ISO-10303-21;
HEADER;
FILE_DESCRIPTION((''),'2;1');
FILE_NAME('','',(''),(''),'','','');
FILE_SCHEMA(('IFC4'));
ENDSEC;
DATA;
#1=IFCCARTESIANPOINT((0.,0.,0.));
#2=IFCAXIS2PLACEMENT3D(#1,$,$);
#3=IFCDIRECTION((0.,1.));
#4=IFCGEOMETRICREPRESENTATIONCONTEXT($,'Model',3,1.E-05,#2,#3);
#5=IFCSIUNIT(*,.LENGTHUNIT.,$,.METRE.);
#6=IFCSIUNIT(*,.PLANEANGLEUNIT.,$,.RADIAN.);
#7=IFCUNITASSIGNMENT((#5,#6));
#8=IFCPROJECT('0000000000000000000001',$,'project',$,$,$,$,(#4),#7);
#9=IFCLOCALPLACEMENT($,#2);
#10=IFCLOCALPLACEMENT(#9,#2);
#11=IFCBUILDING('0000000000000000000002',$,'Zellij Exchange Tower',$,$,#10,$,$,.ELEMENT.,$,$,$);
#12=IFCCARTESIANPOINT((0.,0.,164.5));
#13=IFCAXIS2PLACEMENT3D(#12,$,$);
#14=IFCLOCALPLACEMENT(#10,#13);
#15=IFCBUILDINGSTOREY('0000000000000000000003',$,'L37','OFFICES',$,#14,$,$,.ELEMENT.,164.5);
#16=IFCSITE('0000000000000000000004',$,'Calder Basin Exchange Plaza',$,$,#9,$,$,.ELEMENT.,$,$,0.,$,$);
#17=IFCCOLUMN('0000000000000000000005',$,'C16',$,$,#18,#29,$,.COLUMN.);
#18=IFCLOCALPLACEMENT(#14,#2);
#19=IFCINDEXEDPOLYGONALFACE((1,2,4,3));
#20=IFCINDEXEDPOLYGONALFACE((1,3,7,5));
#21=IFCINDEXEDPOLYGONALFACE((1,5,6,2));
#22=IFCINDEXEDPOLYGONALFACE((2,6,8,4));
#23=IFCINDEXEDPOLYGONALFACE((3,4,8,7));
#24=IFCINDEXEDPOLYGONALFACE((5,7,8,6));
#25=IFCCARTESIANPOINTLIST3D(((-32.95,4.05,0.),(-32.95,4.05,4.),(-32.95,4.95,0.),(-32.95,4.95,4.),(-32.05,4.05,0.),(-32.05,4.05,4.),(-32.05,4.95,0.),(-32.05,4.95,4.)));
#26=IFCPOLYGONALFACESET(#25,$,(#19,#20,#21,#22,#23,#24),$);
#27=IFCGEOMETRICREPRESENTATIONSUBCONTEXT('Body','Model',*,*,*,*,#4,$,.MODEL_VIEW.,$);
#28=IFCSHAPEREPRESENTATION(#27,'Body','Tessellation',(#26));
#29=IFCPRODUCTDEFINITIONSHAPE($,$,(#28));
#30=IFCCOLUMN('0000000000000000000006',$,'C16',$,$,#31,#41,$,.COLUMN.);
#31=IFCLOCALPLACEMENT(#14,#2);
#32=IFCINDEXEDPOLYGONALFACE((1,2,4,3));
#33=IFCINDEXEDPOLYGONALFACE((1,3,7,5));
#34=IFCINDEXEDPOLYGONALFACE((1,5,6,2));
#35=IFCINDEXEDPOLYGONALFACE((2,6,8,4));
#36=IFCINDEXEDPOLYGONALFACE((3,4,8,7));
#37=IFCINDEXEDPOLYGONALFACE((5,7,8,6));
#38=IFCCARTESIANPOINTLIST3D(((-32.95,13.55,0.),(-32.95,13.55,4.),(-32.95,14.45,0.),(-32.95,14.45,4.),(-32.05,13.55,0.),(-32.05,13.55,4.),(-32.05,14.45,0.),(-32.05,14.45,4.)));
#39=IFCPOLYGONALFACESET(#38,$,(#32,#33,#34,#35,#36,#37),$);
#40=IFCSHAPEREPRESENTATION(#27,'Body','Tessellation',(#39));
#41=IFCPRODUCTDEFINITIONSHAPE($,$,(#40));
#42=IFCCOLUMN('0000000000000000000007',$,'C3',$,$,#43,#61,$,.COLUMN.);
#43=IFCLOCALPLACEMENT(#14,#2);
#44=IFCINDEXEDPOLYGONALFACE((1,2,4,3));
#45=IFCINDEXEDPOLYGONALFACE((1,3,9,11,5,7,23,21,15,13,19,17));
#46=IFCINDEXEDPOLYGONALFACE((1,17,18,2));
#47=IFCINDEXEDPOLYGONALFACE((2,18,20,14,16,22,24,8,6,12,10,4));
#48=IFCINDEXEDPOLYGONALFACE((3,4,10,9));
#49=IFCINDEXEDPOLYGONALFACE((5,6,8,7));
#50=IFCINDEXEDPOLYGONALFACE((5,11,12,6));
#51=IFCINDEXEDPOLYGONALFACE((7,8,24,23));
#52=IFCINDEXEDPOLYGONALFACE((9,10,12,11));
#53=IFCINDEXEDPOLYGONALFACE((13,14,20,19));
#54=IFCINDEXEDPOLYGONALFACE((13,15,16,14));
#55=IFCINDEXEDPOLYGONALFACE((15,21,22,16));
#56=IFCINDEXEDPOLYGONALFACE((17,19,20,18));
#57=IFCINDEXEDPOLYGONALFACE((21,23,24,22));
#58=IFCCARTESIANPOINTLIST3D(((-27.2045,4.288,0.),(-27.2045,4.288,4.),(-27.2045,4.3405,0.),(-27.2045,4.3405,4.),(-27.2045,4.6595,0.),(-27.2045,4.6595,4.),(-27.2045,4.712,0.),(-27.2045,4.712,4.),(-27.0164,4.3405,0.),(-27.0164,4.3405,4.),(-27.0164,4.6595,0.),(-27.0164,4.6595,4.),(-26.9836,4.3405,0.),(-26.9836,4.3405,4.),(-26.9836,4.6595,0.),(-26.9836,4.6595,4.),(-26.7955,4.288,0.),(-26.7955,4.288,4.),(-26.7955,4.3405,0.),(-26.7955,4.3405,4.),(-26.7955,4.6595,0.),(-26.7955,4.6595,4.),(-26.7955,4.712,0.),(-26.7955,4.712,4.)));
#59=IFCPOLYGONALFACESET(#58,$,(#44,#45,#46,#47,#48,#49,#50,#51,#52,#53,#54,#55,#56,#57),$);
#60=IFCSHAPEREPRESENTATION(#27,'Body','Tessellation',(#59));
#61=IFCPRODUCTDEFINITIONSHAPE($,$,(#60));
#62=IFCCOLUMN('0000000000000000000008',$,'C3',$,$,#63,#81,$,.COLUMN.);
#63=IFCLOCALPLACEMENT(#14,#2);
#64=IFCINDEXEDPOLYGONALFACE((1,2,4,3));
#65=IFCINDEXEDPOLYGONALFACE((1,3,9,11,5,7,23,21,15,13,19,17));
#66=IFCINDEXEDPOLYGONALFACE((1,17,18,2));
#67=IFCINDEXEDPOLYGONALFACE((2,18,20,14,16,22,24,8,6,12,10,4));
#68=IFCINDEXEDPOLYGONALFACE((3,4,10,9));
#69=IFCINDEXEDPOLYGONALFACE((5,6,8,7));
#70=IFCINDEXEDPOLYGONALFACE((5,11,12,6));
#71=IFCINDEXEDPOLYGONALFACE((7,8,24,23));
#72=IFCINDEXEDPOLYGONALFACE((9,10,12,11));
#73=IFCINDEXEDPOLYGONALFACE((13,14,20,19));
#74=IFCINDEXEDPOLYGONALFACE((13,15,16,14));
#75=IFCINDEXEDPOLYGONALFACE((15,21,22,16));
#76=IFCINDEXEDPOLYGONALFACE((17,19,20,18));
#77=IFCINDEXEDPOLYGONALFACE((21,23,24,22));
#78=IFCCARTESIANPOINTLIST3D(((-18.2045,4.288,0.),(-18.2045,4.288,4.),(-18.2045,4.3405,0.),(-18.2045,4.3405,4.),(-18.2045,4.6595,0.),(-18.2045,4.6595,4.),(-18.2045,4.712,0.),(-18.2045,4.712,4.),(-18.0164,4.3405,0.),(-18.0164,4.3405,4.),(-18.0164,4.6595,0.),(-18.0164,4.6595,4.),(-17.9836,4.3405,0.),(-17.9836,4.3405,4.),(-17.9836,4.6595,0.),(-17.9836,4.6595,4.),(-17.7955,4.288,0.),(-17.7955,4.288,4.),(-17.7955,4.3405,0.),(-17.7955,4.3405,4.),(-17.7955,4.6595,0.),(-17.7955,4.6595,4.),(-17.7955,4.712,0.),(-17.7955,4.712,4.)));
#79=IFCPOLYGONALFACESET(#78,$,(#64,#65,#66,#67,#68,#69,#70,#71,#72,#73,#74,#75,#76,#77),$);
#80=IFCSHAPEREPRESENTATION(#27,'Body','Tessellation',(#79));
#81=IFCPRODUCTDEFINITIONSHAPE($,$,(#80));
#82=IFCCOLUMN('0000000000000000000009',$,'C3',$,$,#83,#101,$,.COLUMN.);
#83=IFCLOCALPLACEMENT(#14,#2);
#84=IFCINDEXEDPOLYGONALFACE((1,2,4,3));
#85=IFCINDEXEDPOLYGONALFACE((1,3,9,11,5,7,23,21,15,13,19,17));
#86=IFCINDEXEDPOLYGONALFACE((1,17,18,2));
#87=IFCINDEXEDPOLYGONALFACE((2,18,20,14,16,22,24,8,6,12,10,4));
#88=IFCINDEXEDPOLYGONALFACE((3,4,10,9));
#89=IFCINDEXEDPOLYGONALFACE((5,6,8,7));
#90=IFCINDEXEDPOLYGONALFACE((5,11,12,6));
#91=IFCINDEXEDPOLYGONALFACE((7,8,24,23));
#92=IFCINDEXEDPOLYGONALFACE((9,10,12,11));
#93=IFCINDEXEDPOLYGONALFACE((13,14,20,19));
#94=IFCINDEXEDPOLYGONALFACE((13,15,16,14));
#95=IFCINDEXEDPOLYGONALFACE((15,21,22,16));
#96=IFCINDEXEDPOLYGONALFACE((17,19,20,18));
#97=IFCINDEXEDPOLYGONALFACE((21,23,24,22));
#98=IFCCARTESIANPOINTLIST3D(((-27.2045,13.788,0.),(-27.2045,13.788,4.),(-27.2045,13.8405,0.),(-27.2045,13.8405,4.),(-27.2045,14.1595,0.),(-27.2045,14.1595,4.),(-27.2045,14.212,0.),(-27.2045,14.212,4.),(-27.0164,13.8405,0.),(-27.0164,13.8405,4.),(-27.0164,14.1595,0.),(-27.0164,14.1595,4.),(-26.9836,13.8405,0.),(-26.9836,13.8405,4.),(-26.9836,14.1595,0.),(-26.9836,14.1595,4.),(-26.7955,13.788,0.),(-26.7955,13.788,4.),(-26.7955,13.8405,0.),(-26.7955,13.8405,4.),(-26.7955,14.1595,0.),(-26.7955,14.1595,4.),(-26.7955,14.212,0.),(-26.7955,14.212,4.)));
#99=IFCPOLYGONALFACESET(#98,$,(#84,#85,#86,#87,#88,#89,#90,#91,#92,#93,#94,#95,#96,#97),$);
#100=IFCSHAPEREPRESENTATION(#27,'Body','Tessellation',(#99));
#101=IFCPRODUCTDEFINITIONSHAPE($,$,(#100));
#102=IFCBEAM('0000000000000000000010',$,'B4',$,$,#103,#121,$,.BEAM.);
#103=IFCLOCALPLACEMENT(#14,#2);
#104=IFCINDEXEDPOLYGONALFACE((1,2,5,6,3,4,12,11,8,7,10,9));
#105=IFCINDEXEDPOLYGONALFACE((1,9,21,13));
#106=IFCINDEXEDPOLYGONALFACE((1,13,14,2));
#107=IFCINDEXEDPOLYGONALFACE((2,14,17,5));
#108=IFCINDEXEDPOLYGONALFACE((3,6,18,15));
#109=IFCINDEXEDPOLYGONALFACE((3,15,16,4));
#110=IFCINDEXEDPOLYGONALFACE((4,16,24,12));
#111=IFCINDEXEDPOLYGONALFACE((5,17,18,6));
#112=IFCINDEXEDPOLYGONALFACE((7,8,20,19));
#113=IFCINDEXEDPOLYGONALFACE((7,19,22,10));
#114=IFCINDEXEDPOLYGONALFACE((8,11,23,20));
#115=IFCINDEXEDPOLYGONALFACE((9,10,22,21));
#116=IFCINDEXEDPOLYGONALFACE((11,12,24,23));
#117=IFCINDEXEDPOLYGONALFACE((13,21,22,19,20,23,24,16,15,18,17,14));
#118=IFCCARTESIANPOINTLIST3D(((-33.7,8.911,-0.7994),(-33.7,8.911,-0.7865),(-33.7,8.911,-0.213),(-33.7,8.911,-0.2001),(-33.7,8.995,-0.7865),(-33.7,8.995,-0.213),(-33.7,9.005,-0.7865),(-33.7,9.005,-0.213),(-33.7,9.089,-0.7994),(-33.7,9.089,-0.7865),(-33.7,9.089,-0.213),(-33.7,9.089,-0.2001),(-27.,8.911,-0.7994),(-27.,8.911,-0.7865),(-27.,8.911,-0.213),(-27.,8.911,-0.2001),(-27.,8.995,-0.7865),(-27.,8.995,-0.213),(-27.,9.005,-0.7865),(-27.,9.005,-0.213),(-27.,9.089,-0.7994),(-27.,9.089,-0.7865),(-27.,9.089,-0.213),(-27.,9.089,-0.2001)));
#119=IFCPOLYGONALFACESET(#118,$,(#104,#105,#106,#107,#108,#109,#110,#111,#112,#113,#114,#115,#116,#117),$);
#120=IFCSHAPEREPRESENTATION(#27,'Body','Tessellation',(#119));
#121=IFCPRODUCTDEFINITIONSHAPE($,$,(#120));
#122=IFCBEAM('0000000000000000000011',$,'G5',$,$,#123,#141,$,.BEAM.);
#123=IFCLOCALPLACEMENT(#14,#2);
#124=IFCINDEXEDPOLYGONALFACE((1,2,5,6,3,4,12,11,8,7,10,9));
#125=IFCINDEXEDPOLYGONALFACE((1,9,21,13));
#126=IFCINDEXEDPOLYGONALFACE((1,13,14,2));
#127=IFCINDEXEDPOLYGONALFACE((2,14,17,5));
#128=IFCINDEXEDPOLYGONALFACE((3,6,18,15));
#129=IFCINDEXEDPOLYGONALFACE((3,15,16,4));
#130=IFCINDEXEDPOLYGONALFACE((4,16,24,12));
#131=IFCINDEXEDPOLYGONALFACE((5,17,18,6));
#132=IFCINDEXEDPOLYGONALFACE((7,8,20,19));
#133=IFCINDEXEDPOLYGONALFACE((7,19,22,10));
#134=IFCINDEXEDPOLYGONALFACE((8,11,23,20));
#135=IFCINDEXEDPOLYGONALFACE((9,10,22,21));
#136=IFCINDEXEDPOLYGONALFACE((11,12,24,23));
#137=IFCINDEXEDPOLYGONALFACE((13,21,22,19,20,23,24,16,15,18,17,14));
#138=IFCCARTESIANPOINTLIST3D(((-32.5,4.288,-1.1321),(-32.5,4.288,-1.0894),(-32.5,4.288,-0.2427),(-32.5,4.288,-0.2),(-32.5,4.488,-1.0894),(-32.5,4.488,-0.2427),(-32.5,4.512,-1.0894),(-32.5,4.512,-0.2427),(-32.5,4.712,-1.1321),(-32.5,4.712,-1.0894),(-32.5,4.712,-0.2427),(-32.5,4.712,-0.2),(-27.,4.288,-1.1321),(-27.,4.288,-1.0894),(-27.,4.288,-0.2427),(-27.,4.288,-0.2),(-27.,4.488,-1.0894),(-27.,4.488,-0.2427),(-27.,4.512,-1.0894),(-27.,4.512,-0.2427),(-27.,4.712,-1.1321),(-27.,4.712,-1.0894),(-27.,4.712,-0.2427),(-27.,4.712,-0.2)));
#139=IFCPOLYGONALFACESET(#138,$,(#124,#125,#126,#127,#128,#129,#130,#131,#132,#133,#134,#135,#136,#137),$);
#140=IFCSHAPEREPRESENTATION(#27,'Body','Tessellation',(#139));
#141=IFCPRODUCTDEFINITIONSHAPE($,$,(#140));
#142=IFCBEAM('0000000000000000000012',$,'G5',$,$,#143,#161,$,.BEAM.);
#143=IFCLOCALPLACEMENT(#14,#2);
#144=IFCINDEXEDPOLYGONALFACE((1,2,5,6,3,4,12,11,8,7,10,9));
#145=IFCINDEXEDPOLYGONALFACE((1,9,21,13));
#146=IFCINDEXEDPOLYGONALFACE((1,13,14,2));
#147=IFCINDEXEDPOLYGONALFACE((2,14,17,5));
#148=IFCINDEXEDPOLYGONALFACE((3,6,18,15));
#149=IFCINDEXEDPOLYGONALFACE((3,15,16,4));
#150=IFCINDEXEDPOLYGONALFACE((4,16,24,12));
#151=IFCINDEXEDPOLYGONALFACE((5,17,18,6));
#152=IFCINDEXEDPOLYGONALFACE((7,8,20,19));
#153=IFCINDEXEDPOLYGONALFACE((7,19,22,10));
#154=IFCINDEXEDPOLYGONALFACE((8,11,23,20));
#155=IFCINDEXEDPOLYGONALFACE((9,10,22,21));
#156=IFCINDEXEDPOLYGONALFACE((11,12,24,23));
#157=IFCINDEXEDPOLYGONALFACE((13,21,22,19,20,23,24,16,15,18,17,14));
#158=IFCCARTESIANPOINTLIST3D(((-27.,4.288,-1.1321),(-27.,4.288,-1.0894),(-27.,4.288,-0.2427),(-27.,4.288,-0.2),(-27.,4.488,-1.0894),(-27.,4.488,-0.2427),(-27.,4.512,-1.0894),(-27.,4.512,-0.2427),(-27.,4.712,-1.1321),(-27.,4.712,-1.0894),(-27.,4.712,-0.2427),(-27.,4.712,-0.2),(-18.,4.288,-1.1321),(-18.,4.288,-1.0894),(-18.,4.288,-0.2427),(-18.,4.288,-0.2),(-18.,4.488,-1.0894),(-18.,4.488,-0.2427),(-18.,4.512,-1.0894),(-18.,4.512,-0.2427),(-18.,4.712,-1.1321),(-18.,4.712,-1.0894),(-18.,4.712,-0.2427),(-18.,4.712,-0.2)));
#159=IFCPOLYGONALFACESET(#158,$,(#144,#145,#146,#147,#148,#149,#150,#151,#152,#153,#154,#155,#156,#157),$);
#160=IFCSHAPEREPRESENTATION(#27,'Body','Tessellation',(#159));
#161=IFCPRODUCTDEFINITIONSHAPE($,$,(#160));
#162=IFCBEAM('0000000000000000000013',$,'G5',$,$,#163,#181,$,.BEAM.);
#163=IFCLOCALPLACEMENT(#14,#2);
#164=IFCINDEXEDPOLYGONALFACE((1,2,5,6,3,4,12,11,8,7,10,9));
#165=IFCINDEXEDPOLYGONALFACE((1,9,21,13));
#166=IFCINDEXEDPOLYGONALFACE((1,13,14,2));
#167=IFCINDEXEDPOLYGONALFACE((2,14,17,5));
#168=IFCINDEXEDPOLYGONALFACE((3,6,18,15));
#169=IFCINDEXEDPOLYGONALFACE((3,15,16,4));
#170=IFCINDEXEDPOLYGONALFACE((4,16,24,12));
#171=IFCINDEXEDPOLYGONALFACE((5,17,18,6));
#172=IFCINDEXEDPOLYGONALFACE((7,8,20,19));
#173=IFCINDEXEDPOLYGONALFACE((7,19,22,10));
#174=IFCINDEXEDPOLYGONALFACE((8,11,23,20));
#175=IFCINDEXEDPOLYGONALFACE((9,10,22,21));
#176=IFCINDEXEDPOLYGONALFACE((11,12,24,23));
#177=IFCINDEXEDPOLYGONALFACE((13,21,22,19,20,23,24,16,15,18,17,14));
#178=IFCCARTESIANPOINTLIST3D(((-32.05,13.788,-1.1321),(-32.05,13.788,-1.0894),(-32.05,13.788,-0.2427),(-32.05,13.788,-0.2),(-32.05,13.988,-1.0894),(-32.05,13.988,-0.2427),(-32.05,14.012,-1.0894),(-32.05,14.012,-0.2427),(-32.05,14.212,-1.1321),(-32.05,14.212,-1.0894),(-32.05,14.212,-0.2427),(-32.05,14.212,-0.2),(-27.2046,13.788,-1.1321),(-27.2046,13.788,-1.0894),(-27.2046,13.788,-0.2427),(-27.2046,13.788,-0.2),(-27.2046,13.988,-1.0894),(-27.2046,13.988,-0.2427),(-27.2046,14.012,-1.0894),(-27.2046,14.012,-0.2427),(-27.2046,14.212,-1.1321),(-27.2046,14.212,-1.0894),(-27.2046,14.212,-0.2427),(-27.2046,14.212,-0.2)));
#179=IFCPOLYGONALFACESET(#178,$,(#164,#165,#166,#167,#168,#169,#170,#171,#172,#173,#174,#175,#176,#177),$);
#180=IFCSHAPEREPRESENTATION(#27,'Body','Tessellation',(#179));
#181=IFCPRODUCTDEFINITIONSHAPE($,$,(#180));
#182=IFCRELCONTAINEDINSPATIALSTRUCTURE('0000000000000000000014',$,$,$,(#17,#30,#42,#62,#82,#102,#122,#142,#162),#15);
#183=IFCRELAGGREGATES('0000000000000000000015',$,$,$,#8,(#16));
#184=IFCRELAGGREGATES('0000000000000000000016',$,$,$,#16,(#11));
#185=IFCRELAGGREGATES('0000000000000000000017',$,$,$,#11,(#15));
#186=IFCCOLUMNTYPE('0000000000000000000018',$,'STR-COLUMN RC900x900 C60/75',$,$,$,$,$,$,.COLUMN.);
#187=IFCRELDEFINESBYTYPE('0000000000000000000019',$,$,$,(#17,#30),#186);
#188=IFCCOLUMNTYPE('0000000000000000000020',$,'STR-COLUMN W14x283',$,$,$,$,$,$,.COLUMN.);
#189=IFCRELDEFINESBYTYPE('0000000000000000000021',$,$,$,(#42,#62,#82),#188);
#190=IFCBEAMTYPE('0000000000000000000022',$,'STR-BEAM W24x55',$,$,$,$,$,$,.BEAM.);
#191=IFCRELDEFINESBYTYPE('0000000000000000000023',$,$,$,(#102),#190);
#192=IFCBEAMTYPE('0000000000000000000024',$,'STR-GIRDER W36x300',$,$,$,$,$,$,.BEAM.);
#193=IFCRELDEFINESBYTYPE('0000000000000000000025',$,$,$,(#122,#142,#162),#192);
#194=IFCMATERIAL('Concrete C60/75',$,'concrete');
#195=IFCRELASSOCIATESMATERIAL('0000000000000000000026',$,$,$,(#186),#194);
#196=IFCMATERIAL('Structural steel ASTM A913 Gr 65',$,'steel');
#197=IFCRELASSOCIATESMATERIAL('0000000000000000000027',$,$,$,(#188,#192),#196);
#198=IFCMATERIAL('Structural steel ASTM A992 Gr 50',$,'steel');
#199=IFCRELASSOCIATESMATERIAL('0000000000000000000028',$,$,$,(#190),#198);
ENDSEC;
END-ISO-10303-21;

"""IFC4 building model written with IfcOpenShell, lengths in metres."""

from ifc_helpers import new_model, si_unit, direction, frame, origin, origin_2d, place, context, subcontext, project, spatial, rectangle, i_section, extrude, material, material_profile, profile_set, type_object, element, save


model = new_model("IFC4")

# Units and contexts
model_context = context("Model", 3, precision=1e-05, world=origin(), true_north=direction((0.0, 1.0)))
body_context = subcontext(model_context, "Body", "Model", "MODEL_VIEW")
ifc_project = project(units=[si_unit("LENGTHUNIT", "METRE"), si_unit("PLANEANGLEUNIT", "RADIAN")], contexts=[model_context])

# Site, building, storey
site_placement = place(None, origin())
site = spatial("IfcSite", under=ifc_project, at=site_placement, Name="Calder Basin Exchange Plaza", CompositionType="ELEMENT", RefElevation=0.0)
building_placement = place(site_placement, origin())
building = spatial("IfcBuilding", under=site, at=building_placement, Name="Zellij Exchange Tower", CompositionType="ELEMENT")
storey_placement = place(building_placement, frame((0.0, 0.0, 164.5)))
storey = spatial("IfcBuildingStorey", under=building, at=storey_placement, Name="L37", Description="OFFICES", CompositionType="ELEMENT", Elevation=164.5)

# Columns
ifc_material_1 = material(Name="Concrete C60/75", Category="concrete")
ifc_material_profile_1 = material_profile(ifc_material_1, rectangle(XDim=0.8999, YDim=0.8999, at=origin_2d()), Name="STR-COLUMN RC900x900 C60/75")
ifc_profile_set_1 = profile_set([ifc_material_profile_1], Name="Concrete C60/75")
column_type_1 = type_object("IfcColumnType", Name="STR-COLUMN RC900x900 C60/75", PredefinedType="COLUMN", material=ifc_profile_set_1)
for number, where, z_axis, x_axis, name in (
    (1, (-32.5, 4.5, 0.0), (0.0, 0.0, 1.0), (1.0, 0.0, 0.0), "C16"),
    (2, (-32.5, 14.0, 0.0), (0.0, 0.0, 1.0), (1.0, 0.0, 0.0), "C16"),
):
    element("IfcColumn", number, at=place(storey_placement, frame(where, z_axis=z_axis, x_axis=x_axis)), inside=storey, type_object=column_type_1, Name=name, PredefinedType="COLUMN", context=body_context, shape_type="SweptSolid", body=[
        extrude(rectangle(XDim=0.8999, YDim=0.8999, at=origin_2d()), origin(), (0.0, 0.0, 1.0), 4.0),
    ])
ifc_material_2 = material(Name="Structural steel ASTM A913 Gr 65", Category="steel")
ifc_material_profile_2 = material_profile(ifc_material_2, i_section(OverallWidth=0.4089, OverallDepth=0.4241, WebThickness=0.0327, FlangeThickness=0.0525, at=origin_2d()), Name="W14x283")
ifc_profile_set_2 = profile_set([ifc_material_profile_2], Name="Structural steel ASTM A913 Gr 65")
column_type_2 = type_object("IfcColumnType", Name="STR-COLUMN W14x283", PredefinedType="COLUMN", material=ifc_profile_set_2)
for number, where, z_axis, x_axis, name in (
    (3, (-27.0, 4.5, 0.0), (0.0, 0.0, 1.0), (1.0, 0.0, 0.0), "C3"),
    (4, (-18.0, 4.5, 0.0), (0.0, 0.0, 1.0), (1.0, 0.0, 0.0), "C3"),
    (5, (-27.0, 14.0, 0.0), (0.0, 0.0, 1.0), (1.0, 0.0, 0.0), "C3"),
):
    element("IfcColumn", number, at=place(storey_placement, frame(where, z_axis=z_axis, x_axis=x_axis)), inside=storey, type_object=column_type_2, Name=name, PredefinedType="COLUMN", context=body_context, shape_type="SweptSolid", body=[
        extrude(i_section(OverallWidth=0.4089, OverallDepth=0.4241, WebThickness=0.0327, FlangeThickness=0.0525, at=origin_2d()), origin(), (0.0, 0.0, 1.0), 4.0),
    ])

# Beams
ifc_material_3 = material(Name="Structural steel ASTM A992 Gr 50", Category="steel")
ifc_material_profile_3 = material_profile(ifc_material_3, i_section(OverallWidth=0.178, OverallDepth=0.5994, WebThickness=0.01, FlangeThickness=0.0129, at=origin_2d()), Name="W24x55")
ifc_profile_set_3 = profile_set([ifc_material_profile_3], Name="Structural steel ASTM A992 Gr 50")
beam_type_1 = type_object("IfcBeamType", Name="STR-BEAM W24x55", PredefinedType="BEAM", material=ifc_profile_set_3)
beam_1_placement = place(storey_placement, frame((-33.7, 9.0, -0.4998), z_axis=(1.0, 0.0, 0.0), x_axis=(0.0, 1.0, 0.0)))
element("IfcBeam", 6, at=beam_1_placement, inside=storey, type_object=beam_type_1, Name="B4", PredefinedType="BEAM", context=body_context, shape_type="SweptSolid", body=[
    extrude(i_section(OverallWidth=0.178, OverallDepth=0.5994, WebThickness=0.01, FlangeThickness=0.0129, at=origin_2d()), origin(), (0.0, 0.0, 1.0), 6.7),
])
ifc_material_profile_4 = material_profile(ifc_material_2, i_section(OverallWidth=0.4241, OverallDepth=0.9321, WebThickness=0.0239, FlangeThickness=0.0427, at=origin_2d()), Name="W36x300")
ifc_profile_set_4 = profile_set([ifc_material_profile_4], Name="Structural steel ASTM A913 Gr 65")
beam_type_2 = type_object("IfcBeamType", Name="STR-GIRDER W36x300", PredefinedType="BEAM", material=ifc_profile_set_4)
beam_2_placement = place(storey_placement, frame((-32.5, 4.5, -0.666), z_axis=(1.0, 0.0, 0.0), x_axis=(0.0, 1.0, 0.0)))
element("IfcBeam", 7, at=beam_2_placement, inside=storey, type_object=beam_type_2, Name="G5", PredefinedType="BEAM", context=body_context, shape_type="SweptSolid", body=[
    extrude(i_section(OverallWidth=0.4241, OverallDepth=0.9321, WebThickness=0.0239, FlangeThickness=0.0427, at=origin_2d()), origin(), (0.0, 0.0, 1.0), 5.5),
])
beam_3_placement = place(storey_placement, frame((-27.0, 4.5, -0.666), z_axis=(1.0, 0.0, 0.0), x_axis=(0.0, 1.0, 0.0)))
element("IfcBeam", 8, at=beam_3_placement, inside=storey, type_object=beam_type_2, Name="G5", PredefinedType="BEAM", context=body_context, shape_type="SweptSolid", body=[
    extrude(i_section(OverallWidth=0.4241, OverallDepth=0.9321, WebThickness=0.0239, FlangeThickness=0.0427, at=origin_2d()), origin(), (0.0, 0.0, 1.0), 9.0),
])
beam_4_placement = place(storey_placement, frame((-32.05, 14.0, -0.666), z_axis=(1.0, 0.0, 0.0), x_axis=(0.0, 1.0, 0.0)))
element("IfcBeam", 9, at=beam_4_placement, inside=storey, type_object=beam_type_2, Name="G5", PredefinedType="BEAM", context=body_context, shape_type="SweptSolid", body=[
    extrude(i_section(OverallWidth=0.4241, OverallDepth=0.9321, WebThickness=0.0239, FlangeThickness=0.0427, at=origin_2d()), origin(), (0.0, 0.0, 1.0), 4.8455),
])

save(model, "model.ifc")
